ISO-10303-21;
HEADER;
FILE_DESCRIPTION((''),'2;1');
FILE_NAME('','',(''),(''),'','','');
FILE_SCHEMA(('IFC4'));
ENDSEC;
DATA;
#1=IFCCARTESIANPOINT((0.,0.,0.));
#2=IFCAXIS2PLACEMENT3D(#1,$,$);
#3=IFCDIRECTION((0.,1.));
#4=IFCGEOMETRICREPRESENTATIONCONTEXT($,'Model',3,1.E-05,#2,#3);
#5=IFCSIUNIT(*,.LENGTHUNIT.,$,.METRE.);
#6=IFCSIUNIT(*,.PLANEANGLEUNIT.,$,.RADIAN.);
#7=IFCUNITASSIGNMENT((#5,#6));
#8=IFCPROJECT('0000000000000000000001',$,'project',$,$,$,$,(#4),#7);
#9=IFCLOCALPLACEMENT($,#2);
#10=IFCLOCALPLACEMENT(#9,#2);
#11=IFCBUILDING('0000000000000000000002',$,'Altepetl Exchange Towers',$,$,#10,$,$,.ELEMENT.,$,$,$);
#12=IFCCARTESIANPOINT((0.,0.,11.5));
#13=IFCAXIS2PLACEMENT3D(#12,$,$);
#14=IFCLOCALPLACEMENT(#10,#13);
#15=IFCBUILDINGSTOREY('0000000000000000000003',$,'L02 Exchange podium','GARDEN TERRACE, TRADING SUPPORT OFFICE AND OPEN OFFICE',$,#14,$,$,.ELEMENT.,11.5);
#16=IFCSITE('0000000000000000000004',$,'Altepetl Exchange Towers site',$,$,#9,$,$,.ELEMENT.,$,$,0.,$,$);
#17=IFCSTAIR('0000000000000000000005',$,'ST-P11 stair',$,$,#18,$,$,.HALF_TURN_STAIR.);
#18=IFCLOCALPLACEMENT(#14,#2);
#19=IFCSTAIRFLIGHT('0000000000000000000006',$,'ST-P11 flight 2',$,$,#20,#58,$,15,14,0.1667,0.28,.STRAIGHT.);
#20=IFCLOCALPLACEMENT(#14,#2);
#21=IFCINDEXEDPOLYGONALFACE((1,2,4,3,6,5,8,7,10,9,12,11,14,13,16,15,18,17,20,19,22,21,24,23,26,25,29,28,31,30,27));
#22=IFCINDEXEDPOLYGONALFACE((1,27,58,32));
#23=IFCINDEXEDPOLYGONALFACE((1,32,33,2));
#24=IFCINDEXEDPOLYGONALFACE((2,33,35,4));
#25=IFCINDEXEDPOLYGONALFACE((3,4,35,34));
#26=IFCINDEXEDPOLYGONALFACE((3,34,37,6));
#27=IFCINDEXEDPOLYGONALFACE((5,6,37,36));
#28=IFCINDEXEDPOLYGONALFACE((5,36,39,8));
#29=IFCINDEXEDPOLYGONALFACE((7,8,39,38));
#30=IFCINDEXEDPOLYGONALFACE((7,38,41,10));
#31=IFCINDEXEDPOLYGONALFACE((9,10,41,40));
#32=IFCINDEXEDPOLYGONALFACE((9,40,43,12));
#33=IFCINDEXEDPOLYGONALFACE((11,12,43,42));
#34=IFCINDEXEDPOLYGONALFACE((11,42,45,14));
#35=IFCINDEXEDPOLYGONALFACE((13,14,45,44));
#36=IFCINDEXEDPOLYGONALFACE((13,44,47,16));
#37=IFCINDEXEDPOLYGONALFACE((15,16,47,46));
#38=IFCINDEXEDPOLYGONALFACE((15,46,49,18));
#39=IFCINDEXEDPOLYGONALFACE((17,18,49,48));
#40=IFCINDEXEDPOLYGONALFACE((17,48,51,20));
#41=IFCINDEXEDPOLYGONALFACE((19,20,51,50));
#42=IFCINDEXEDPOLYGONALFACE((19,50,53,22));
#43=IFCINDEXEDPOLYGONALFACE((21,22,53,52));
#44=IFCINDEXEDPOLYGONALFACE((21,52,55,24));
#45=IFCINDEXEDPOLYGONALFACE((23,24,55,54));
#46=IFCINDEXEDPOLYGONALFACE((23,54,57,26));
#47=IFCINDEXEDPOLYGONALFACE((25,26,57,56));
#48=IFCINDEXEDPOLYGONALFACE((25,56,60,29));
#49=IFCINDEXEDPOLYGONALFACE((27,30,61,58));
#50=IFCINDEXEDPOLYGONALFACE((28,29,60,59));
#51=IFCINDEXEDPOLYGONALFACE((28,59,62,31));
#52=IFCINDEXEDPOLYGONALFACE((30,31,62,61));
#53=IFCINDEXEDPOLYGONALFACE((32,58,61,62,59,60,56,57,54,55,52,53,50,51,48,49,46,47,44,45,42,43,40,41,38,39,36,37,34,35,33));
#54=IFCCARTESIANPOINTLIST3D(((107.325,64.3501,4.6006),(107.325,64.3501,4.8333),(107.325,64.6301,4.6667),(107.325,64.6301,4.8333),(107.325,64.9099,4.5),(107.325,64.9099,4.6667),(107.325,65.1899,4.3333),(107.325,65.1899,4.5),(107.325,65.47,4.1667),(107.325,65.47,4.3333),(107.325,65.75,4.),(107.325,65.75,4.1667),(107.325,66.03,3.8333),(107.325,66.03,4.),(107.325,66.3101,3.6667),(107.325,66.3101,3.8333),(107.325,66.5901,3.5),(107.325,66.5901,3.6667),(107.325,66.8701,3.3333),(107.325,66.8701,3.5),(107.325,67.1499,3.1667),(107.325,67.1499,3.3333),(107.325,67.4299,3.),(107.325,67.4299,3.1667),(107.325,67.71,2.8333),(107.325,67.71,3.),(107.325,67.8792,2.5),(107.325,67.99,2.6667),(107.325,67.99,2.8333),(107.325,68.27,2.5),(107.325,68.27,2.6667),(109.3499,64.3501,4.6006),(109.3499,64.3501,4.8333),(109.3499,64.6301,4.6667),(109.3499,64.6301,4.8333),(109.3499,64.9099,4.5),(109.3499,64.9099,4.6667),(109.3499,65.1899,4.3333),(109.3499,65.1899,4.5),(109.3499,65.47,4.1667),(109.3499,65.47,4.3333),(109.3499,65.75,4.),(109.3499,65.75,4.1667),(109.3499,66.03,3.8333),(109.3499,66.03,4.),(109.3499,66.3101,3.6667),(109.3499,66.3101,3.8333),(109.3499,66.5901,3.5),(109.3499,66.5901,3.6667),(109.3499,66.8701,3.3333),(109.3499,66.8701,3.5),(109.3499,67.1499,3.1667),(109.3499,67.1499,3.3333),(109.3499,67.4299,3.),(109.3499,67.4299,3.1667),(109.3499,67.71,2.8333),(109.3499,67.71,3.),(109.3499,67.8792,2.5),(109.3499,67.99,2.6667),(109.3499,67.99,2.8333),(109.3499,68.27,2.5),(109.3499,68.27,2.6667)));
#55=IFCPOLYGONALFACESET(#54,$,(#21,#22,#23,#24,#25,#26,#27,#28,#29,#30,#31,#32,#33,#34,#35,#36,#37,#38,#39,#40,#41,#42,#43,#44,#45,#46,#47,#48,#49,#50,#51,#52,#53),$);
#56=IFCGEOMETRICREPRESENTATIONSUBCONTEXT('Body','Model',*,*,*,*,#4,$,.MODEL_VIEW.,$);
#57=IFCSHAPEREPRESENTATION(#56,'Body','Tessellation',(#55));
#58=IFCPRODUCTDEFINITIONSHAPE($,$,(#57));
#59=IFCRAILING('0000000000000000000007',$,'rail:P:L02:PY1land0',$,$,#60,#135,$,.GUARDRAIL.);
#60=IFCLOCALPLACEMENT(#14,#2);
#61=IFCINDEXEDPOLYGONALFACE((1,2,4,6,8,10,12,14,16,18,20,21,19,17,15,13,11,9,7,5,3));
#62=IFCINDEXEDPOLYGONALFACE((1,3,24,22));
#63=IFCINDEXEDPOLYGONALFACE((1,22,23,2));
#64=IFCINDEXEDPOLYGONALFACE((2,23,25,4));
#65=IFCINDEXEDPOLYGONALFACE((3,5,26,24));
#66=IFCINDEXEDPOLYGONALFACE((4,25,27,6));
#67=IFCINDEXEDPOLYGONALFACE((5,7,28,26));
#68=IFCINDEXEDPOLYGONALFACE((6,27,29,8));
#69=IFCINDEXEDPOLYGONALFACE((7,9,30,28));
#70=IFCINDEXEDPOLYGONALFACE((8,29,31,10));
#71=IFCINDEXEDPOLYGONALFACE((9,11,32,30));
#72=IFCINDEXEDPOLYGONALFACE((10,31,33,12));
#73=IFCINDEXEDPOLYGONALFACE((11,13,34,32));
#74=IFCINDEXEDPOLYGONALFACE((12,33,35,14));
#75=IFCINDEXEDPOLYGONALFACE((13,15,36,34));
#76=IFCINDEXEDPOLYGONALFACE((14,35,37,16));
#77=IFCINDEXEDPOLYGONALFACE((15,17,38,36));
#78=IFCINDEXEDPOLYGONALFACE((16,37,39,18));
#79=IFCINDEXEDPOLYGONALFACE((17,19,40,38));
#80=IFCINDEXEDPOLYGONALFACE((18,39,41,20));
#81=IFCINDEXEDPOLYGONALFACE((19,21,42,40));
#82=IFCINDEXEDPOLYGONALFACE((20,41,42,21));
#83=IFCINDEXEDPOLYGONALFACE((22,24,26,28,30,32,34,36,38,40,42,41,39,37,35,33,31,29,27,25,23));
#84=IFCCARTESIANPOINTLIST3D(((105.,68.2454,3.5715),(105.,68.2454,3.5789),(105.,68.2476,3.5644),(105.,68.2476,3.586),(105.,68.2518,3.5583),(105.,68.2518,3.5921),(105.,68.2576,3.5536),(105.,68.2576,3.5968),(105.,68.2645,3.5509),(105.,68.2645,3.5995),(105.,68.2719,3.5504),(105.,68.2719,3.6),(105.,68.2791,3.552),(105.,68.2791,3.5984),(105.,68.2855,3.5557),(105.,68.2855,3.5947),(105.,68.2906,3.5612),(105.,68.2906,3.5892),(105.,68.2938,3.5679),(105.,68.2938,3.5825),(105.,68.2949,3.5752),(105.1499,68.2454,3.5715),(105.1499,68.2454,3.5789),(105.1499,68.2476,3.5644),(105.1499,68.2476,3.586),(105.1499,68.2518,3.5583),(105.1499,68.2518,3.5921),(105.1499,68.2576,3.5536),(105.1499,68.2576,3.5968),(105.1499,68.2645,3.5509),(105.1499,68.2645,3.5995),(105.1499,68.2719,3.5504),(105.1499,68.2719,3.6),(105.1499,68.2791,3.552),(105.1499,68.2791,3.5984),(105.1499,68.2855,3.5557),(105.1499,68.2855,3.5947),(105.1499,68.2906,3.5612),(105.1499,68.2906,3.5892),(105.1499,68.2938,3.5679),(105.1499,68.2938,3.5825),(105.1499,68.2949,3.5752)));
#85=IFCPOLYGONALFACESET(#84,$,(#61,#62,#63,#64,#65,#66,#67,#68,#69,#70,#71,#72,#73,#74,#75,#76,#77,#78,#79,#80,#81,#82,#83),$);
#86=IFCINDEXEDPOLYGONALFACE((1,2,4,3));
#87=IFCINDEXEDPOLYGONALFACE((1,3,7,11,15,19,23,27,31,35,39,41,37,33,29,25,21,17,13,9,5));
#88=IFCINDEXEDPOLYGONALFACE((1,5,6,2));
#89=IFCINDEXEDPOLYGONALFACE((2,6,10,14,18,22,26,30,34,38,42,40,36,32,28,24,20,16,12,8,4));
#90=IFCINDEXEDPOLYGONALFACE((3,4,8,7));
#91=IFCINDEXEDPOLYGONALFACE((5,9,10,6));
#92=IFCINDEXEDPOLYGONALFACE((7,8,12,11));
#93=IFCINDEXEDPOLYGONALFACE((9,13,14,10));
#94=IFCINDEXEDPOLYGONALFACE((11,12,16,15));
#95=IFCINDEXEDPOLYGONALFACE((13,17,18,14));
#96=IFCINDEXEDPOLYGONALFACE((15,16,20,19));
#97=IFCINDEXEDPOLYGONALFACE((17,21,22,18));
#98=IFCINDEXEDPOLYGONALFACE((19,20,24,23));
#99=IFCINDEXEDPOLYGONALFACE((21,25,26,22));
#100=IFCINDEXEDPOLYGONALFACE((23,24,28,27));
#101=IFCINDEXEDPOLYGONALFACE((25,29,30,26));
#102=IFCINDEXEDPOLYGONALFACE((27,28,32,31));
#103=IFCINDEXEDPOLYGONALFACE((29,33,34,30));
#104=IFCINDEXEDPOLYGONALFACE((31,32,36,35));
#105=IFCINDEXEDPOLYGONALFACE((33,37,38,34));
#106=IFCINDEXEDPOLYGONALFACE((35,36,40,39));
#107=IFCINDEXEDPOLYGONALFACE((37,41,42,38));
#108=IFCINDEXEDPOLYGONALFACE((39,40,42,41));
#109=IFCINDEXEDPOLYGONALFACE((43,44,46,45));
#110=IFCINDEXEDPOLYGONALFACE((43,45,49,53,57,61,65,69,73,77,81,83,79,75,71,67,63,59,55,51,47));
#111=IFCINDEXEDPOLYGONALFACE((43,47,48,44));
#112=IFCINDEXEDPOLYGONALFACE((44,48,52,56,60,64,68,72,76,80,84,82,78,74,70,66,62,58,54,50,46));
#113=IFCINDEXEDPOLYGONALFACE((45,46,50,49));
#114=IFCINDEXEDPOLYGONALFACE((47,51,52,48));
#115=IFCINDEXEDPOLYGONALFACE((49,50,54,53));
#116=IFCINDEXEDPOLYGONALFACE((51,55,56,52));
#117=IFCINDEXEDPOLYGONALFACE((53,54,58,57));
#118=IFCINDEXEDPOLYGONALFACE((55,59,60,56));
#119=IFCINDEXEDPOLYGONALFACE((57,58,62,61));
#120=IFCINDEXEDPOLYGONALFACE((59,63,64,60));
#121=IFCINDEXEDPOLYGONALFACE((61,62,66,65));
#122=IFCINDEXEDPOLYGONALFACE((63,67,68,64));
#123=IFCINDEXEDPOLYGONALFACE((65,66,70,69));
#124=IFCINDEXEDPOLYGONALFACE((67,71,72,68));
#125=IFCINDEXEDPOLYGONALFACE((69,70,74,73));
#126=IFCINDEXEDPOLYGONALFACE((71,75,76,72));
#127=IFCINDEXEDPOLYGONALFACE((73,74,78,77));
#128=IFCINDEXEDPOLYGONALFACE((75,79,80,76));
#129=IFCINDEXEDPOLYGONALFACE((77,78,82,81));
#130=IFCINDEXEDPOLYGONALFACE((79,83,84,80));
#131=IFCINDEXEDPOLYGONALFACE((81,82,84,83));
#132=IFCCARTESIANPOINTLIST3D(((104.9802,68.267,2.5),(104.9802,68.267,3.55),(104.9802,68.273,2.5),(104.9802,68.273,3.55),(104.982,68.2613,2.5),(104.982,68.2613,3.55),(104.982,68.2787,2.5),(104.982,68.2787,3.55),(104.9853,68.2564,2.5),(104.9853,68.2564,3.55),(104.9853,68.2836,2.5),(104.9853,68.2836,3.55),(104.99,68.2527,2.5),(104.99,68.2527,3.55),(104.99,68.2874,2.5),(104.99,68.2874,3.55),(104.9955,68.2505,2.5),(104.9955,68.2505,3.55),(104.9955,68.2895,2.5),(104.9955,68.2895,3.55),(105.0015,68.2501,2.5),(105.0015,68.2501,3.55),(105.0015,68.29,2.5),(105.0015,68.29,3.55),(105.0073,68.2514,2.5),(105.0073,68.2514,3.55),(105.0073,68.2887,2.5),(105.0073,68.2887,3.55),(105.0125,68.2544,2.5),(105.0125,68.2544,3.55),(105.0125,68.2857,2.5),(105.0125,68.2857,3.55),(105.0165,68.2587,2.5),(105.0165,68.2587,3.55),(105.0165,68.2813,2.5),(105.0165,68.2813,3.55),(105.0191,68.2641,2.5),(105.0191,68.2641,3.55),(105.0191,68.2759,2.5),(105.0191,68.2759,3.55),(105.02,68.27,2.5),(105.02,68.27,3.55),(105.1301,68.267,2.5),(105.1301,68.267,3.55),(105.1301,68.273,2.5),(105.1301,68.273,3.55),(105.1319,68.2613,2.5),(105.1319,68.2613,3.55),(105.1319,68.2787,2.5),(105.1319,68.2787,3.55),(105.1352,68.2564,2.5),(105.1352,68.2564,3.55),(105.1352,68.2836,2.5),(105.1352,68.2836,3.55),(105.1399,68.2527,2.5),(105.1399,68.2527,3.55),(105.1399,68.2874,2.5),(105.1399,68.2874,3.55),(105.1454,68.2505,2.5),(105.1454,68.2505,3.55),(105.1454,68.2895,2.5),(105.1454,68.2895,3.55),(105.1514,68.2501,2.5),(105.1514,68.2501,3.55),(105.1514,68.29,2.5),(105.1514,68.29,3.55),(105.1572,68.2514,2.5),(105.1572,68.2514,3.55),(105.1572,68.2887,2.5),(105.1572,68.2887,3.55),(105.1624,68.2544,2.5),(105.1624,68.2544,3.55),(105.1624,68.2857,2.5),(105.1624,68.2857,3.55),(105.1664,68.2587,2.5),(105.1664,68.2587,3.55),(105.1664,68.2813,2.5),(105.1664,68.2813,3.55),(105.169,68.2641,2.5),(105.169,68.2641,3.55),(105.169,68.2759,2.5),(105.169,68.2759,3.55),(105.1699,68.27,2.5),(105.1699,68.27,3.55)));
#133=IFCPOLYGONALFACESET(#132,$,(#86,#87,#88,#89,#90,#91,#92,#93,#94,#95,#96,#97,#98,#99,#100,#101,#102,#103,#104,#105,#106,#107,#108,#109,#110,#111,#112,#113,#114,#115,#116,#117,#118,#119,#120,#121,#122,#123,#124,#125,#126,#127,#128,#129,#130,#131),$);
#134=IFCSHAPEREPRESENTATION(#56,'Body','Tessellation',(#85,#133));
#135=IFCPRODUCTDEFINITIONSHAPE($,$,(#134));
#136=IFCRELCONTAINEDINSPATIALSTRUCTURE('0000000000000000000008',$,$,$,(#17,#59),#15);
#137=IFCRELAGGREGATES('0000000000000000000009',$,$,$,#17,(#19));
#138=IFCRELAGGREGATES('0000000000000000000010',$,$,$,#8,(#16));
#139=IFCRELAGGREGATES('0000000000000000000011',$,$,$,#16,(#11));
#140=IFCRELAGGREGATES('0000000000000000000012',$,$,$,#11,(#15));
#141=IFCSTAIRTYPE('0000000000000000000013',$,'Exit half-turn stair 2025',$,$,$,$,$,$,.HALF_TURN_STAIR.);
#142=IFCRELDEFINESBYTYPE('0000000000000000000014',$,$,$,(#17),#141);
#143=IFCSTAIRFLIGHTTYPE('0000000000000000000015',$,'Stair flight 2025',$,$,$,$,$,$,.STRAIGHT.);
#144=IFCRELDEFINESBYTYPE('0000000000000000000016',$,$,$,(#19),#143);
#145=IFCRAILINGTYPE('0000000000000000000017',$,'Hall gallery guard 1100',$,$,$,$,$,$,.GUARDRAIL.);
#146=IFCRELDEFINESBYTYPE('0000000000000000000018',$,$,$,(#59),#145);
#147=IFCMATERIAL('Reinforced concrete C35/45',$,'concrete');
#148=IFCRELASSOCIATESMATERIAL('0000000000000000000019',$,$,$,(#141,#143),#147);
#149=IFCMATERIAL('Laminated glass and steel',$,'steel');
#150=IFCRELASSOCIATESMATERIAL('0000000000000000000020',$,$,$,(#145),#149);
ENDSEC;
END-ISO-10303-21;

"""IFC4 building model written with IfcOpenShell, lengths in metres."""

from ifc_helpers import new_model, si_unit, direction, frame, origin, origin_2d, place, context, subcontext, project, spatial, polyline, circle, outline, extrude, source, transform, mapped, material, type_object, element, aggregate, save


model = new_model("IFC4")

# Units and contexts
model_context = context("Model", 3, precision=1e-05, world=origin(), true_north=direction((0.0, 1.0)))
body_context = subcontext(model_context, "Body", "Model", "MODEL_VIEW")
ifc_project = project(units=[si_unit("LENGTHUNIT", "METRE"), si_unit("PLANEANGLEUNIT", "RADIAN")], contexts=[model_context])

# Site, building, storey
site_placement = place(None, origin())
site = spatial("IfcSite", under=ifc_project, at=site_placement, Name="Altepetl Exchange Towers site", CompositionType="ELEMENT", RefElevation=0.0)
building_placement = place(site_placement, origin())
building = spatial("IfcBuilding", under=site, at=building_placement, Name="Altepetl Exchange Towers", CompositionType="ELEMENT")
storey_placement = place(building_placement, frame((0.0, 0.0, 11.5)))
storey = spatial("IfcBuildingStorey", under=building, at=storey_placement, Name="L02 Exchange podium", Description="GARDEN TERRACE, TRADING SUPPORT OFFICE AND OPEN OFFICE", CompositionType="ELEMENT", Elevation=11.5)

# Shared definitions
ifc_material_1 = material(Name="Reinforced concrete C35/45", Category="concrete")

# Stair, stair flight
stair_type = type_object("IfcStairType", Name="Exit half-turn stair 2025", PredefinedType="HALF_TURN_STAIR", material=ifc_material_1)
stair_placement = place(storey_placement, origin())
stair = element("IfcStair", 1, at=stair_placement, inside=storey, type_object=stair_type, Name="ST-P11 stair", PredefinedType="HALF_TURN_STAIR")
stair_flight_type = type_object("IfcStairFlightType", Name="Stair flight 2025", PredefinedType="STRAIGHT", material=ifc_material_1)
stair_flight_1_placement = place(storey_placement, frame((108.3374, 68.27, 2.5), z_axis=(0.0, 0.0, 1.0), x_axis=(0.0, -1.0, 0.0)))
stair_flight_1 = element("IfcStairFlight", 2, at=stair_flight_1_placement, type_object=stair_flight_type, Name="ST-P11 flight 2", NumberOfRisers=15, NumberOfTreads=14, PredefinedType="STRAIGHT", RiserHeight=0.1667, TreadLength=0.28, context=body_context, shape_type="SweptSolid", body=[
    extrude(outline(polyline([(0.0, 0.0), (0.0, 0.1667), (0.28, 0.1667), (0.28, 0.3333), (0.5601, 0.3333), (0.5601, 0.5), (0.8401, 0.5), (0.8401, 0.6667), (1.1201, 0.6667), (1.1201, 0.8333), (1.3999, 0.8333), (1.3999, 1.0), (1.6799, 1.0), (1.6799, 1.1667), (1.96, 1.1667), (1.96, 1.3333), (2.24, 1.3333), (2.24, 1.5), (2.52, 1.5), (2.52, 1.6667), (2.8, 1.6667), (2.8, 1.8333), (3.0801, 1.8333), (3.0801, 2.0), (3.3601, 2.0), (3.3601, 2.1667), (3.6399, 2.1667), (3.6399, 2.3333), (3.9199, 2.3333), (3.9199, 2.5), (3.9199, 2.1006), (0.3909, 0.0), (0.0, 0.0)])), frame((0.0, 1.0125, 0.0), z_axis=(0.0, -1.0, 0.0), x_axis=(1.0, 0.0, 0.0)), (0.0, 0.0, 1.0), 2.0249),
])
aggregate(stair, [stair_flight_1])

# Railing
ifc_material_2 = material(Name="Laminated glass and steel", Category="steel")
railing_type_1 = type_object("IfcRailingType", Name="Hall gallery guard 1100", PredefinedType="GUARDRAIL", material=ifc_material_2)
shared_shape_1 = source(origin(), body_context, "Body", "SweptSolid", [
    extrude(circle(Radius=0.02, at=origin_2d()), origin(), (0.0, 0.0, 1.0), 1.05),
])
for number, where, name in (
    (3, (105.0, 68.27, 2.5), "rail:P:L02:PY1land0"),
):
    element("IfcRailing", number, at=place(storey_placement, frame(where)), inside=storey, type_object=railing_type_1, Name=name, PredefinedType="GUARDRAIL", context=body_context, shape_type="SweptSolid", body=[
        extrude(circle(Radius=0.0249, at=origin_2d()), frame((0.0, 0.0, 1.0752), z_axis=(1.0, 0.0, 0.0), x_axis=(0.0, 1.0, 0.0)), (0.0, 0.0, 1.0), 0.1499),
        mapped(shared_shape_1, transform((0.0, 0.0, 0.0))),
        mapped(shared_shape_1, transform((0.1499, 0.0, 0.0))),
    ])

save(model, "model.ifc")
